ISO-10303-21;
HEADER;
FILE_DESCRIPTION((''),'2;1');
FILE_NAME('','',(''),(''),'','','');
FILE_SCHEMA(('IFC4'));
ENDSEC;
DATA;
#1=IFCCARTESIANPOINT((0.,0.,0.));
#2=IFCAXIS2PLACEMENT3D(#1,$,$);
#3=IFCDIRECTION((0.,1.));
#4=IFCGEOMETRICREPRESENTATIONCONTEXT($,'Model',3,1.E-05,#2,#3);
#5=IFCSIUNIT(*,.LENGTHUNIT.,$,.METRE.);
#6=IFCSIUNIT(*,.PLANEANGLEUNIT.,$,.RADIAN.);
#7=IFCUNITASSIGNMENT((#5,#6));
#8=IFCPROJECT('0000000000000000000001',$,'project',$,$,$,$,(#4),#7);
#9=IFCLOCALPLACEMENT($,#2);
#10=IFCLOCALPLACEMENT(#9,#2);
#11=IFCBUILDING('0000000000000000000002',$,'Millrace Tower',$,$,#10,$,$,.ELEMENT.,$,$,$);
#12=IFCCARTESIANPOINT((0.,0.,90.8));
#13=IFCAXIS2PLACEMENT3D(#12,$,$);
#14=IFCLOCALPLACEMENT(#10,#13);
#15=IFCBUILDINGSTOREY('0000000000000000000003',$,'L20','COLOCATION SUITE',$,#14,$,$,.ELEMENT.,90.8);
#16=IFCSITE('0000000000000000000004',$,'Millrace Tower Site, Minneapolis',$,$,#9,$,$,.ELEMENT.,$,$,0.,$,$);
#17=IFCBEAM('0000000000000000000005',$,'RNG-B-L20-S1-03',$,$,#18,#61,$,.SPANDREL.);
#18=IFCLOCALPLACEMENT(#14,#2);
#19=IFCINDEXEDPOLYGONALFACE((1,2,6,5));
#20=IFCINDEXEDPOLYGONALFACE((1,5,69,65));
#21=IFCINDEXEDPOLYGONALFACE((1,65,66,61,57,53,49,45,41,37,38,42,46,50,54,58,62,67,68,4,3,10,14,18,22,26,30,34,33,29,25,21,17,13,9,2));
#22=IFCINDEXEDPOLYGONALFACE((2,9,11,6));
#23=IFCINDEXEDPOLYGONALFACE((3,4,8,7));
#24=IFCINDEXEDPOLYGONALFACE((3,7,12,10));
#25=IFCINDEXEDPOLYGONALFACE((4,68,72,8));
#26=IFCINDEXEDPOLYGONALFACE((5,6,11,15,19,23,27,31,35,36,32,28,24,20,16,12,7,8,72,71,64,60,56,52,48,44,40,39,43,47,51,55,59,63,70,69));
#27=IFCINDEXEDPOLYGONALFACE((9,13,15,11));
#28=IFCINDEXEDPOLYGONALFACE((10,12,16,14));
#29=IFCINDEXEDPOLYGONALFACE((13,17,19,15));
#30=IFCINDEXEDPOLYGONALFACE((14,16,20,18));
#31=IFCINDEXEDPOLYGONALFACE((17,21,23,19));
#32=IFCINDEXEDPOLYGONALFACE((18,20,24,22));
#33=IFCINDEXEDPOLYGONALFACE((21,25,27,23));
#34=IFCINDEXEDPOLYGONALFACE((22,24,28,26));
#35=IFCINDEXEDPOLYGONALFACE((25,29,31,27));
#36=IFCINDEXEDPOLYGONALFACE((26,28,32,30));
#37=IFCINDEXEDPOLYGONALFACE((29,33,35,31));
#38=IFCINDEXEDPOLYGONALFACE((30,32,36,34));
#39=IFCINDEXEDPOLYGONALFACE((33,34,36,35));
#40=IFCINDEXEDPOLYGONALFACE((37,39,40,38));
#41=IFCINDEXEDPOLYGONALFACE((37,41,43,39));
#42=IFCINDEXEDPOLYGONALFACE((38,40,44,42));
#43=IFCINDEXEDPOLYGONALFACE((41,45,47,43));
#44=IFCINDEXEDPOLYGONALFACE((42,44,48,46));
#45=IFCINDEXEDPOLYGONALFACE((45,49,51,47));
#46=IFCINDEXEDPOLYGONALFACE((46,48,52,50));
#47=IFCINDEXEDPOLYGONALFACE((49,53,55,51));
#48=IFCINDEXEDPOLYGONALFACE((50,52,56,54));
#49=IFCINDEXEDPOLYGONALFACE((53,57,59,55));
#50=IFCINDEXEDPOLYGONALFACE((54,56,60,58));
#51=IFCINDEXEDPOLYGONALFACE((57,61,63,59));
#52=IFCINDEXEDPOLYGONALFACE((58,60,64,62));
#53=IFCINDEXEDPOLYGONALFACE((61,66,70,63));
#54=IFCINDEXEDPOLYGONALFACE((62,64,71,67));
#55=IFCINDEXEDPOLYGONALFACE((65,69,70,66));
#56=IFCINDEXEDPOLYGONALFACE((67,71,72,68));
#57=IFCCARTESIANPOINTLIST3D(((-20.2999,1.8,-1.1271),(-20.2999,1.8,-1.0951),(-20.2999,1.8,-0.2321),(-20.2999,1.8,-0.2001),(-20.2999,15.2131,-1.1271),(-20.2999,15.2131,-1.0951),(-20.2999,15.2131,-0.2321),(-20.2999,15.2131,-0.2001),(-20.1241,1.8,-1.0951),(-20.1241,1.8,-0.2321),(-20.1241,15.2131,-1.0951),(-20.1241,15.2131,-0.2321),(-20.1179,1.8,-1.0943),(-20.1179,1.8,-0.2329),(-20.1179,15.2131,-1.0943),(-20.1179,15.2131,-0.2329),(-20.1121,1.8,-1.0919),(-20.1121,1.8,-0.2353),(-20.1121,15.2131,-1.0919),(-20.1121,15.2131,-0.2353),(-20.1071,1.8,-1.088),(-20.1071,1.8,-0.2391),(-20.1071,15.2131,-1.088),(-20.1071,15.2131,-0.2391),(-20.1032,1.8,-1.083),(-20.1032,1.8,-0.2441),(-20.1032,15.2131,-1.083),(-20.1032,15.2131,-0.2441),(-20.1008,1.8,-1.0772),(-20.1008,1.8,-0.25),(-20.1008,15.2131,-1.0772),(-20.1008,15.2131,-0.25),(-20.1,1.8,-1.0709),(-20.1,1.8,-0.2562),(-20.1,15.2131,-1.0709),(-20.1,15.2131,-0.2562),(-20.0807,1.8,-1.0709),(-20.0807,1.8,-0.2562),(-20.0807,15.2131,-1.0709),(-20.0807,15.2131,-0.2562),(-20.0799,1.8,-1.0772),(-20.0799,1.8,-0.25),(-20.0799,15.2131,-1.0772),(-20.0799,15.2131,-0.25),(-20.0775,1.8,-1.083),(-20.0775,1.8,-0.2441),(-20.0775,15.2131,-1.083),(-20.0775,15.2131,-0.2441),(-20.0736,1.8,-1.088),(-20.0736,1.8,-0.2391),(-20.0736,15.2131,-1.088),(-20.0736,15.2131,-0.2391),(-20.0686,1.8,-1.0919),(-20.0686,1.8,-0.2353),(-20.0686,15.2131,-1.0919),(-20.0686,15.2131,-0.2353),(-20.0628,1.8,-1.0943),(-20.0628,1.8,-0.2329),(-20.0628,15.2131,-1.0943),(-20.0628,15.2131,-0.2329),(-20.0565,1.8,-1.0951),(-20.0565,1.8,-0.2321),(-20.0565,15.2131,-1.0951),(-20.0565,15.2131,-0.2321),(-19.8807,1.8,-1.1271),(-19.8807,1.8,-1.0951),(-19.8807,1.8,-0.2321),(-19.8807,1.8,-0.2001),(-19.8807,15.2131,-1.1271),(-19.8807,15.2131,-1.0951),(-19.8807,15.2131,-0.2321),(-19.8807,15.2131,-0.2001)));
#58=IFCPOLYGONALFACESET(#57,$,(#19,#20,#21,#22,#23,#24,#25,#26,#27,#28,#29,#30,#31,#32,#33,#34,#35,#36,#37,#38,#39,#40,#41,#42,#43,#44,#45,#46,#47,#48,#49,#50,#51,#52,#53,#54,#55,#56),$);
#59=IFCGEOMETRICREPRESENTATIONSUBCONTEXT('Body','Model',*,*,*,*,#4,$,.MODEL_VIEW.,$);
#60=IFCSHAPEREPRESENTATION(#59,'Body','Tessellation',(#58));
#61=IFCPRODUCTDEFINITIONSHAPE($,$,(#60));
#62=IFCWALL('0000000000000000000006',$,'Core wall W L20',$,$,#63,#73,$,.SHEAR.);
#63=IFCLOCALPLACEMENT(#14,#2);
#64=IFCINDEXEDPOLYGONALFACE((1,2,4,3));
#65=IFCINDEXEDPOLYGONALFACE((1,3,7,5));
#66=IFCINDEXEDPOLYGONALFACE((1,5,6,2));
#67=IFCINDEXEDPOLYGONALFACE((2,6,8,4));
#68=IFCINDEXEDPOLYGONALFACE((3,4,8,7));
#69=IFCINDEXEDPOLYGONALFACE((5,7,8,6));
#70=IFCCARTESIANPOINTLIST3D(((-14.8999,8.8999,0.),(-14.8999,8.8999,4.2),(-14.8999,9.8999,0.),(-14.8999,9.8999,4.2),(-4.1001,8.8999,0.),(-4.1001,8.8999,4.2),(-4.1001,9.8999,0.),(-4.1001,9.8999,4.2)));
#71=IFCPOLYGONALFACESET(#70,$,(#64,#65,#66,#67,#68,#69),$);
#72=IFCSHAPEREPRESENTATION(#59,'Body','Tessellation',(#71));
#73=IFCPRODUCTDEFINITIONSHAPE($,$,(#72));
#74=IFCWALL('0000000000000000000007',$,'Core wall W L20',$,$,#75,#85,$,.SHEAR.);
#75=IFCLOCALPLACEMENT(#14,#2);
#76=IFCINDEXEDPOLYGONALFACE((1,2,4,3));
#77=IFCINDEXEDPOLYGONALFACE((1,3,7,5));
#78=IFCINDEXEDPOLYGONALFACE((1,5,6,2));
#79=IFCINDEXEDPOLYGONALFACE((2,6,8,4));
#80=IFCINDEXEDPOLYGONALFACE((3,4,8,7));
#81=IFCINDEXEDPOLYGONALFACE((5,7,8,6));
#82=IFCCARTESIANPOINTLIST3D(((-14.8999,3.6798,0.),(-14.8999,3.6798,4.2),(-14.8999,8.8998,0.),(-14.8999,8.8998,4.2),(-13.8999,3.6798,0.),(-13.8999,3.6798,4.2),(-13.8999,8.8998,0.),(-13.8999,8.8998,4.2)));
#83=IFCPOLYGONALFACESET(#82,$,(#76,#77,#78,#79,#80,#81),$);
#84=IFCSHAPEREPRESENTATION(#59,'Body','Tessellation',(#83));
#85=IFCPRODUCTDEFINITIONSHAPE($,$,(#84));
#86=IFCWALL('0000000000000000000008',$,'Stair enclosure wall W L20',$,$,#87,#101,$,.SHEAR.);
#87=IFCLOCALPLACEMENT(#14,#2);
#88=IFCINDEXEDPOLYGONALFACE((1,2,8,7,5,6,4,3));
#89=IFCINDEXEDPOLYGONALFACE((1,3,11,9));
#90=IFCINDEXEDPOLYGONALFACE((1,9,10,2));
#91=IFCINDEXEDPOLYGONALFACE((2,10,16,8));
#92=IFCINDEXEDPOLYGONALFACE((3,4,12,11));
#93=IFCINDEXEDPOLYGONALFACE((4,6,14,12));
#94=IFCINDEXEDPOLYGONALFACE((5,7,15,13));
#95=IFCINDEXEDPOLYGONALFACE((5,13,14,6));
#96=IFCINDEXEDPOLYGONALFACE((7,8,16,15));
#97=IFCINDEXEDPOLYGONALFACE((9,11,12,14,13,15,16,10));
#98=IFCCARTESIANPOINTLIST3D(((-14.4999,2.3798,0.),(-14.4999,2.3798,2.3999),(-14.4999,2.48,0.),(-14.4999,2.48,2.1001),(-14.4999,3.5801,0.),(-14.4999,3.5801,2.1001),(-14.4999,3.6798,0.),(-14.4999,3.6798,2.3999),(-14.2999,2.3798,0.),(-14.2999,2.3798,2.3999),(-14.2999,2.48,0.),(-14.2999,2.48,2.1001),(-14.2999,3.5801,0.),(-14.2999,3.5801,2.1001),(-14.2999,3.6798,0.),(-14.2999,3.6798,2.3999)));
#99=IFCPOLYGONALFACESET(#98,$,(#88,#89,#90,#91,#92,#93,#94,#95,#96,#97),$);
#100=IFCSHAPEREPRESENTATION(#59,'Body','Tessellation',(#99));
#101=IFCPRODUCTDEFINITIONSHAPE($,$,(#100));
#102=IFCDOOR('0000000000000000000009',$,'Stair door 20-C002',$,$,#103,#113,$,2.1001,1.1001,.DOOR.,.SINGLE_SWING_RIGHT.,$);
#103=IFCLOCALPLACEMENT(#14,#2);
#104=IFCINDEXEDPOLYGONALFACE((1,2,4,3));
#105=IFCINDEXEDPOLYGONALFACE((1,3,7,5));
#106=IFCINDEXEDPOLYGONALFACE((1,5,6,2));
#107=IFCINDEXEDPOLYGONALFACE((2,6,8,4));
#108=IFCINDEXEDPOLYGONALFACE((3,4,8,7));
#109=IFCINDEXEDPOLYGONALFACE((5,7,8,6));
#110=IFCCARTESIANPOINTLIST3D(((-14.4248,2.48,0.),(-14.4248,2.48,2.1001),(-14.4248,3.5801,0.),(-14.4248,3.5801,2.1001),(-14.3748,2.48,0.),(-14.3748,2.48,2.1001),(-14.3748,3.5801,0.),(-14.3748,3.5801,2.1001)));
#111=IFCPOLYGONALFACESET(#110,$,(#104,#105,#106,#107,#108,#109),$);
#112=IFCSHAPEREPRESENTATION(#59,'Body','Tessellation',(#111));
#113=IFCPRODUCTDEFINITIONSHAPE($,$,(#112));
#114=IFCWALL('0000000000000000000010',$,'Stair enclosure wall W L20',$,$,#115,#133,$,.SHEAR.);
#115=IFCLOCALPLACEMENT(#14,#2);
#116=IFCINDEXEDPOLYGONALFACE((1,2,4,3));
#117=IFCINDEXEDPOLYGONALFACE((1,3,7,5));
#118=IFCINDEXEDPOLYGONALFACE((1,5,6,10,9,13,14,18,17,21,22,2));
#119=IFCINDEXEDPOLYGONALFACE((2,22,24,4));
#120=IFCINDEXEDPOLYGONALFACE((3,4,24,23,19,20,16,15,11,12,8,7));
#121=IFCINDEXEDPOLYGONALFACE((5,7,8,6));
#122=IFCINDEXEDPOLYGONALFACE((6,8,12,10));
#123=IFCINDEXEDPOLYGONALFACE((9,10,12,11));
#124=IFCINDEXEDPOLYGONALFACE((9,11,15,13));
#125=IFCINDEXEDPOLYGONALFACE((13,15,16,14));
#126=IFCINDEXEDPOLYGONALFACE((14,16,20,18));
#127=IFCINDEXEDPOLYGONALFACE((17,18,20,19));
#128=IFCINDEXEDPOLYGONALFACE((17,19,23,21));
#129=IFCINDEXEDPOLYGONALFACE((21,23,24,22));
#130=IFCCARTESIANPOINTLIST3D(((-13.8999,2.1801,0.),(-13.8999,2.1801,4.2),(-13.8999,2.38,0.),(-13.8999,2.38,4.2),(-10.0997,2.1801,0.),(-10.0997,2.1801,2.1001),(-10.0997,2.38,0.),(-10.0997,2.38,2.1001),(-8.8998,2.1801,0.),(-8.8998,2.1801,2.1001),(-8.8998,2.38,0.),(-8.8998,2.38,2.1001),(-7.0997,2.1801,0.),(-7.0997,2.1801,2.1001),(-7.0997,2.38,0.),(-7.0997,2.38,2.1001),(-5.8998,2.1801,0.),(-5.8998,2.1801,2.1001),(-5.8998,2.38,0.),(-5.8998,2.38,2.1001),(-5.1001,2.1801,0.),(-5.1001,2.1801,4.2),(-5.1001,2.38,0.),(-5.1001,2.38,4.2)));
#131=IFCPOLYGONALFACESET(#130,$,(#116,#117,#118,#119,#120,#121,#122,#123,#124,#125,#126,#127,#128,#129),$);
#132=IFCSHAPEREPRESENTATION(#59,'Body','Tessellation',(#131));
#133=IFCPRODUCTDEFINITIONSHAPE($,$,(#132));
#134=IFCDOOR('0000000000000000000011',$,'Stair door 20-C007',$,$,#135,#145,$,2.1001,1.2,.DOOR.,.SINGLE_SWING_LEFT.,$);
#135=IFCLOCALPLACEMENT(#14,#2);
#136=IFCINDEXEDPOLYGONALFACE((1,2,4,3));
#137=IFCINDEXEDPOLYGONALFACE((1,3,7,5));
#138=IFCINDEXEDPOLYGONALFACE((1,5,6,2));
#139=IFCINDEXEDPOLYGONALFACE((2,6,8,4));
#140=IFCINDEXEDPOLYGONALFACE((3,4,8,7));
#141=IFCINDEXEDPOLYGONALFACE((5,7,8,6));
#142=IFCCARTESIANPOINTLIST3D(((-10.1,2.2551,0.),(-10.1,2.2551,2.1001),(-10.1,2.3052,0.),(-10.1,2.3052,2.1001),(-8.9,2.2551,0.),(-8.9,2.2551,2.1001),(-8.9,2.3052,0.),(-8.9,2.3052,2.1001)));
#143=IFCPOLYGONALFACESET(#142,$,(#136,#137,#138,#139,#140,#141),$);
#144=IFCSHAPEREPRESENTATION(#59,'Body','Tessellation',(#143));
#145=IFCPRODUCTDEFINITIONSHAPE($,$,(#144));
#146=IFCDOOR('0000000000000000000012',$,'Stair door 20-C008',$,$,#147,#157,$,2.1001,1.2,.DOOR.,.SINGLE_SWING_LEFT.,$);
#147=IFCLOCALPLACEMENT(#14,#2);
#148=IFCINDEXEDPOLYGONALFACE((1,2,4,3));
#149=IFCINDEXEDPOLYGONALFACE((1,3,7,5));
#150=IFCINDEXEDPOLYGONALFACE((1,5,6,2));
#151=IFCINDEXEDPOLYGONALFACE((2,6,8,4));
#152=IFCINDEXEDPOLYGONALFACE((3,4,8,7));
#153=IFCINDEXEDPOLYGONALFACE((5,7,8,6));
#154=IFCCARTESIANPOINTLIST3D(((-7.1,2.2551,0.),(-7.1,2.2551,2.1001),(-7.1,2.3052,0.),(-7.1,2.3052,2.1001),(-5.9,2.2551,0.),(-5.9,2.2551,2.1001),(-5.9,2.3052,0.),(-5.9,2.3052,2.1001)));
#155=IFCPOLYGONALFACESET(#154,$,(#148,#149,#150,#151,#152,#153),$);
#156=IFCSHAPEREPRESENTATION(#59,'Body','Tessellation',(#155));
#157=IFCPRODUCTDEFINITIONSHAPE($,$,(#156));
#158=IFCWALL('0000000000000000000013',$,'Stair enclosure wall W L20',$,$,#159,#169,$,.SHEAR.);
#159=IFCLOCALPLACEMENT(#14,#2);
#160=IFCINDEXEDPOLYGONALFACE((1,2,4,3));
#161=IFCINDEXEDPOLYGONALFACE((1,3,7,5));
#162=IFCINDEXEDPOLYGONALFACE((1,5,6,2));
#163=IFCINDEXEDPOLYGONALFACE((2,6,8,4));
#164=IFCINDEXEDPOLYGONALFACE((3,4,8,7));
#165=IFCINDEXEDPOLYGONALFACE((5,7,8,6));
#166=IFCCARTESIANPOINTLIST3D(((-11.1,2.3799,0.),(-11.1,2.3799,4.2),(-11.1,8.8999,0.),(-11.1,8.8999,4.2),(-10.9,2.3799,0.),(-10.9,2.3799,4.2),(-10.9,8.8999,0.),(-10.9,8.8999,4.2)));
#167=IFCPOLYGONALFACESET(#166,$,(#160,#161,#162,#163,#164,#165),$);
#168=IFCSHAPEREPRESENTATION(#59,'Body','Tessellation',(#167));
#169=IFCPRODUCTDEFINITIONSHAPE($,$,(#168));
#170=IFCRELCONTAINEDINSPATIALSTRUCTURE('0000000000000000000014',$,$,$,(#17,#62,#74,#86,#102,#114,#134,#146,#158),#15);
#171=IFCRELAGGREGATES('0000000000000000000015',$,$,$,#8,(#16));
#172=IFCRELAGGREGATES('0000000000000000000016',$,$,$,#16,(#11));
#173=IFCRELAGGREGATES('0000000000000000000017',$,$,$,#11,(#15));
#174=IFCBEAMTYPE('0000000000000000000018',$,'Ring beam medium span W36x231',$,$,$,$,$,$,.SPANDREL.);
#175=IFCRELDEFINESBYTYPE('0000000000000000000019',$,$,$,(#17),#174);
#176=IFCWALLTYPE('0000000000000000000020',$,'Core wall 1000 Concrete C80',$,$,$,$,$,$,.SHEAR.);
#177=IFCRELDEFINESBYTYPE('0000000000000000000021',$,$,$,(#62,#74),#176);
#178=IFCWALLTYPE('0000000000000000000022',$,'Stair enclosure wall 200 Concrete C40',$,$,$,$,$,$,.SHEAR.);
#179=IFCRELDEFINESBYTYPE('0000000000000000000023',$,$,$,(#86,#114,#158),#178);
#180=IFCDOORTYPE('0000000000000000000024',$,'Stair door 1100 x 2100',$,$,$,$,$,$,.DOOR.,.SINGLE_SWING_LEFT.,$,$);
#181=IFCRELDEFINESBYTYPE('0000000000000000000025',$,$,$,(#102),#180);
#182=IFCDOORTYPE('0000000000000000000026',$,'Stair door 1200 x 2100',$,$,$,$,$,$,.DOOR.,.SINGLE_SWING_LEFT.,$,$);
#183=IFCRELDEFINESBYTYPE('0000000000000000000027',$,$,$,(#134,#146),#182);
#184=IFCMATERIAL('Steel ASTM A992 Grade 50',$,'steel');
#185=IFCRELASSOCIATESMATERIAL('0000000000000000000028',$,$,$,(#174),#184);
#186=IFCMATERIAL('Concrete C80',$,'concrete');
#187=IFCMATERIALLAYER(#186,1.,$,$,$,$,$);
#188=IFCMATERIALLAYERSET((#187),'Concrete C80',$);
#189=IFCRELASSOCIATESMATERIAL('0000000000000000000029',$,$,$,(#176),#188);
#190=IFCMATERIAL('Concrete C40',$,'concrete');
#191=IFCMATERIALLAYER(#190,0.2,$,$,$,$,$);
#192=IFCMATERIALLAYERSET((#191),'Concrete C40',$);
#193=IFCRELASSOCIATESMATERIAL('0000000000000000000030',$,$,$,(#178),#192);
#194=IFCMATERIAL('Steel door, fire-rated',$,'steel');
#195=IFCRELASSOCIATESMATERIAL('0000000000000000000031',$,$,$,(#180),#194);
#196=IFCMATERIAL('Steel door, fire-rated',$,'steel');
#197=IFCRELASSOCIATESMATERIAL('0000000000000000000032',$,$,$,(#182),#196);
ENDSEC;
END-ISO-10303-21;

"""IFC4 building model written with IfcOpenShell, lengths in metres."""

from ifc_helpers import new_model, si_unit, direction, frame, frame_2d, origin, origin_2d, place, context, subcontext, project, spatial, rectangle, i_section, extrude, material, layer, layer_set, material_profile, profile_set, type_object, element, fill, save


model = new_model("IFC4")

# Units and contexts
model_context = context("Model", 3, precision=1e-05, world=origin(), true_north=direction((0.0, 1.0)))
body_context = subcontext(model_context, "Body", "Model", "MODEL_VIEW")
ifc_project = project(units=[si_unit("LENGTHUNIT", "METRE"), si_unit("PLANEANGLEUNIT", "RADIAN")], contexts=[model_context])

# Site, building, storey
site_placement = place(None, origin())
site = spatial("IfcSite", under=ifc_project, at=site_placement, Name="Millrace Tower Site, Minneapolis", CompositionType="ELEMENT", RefElevation=0.0)
building_placement = place(site_placement, origin())
building = spatial("IfcBuilding", under=site, at=building_placement, Name="Millrace Tower", CompositionType="ELEMENT")
storey_placement = place(building_placement, frame((0.0, 0.0, 90.8)))
storey = spatial("IfcBuildingStorey", under=building, at=storey_placement, Name="L20", Description="COLOCATION SUITE", CompositionType="ELEMENT", Elevation=90.8)

# Beam
ifc_material_1 = material(Name="Steel ASTM A992 Grade 50", Category="steel")
ifc_material_profile_1 = material_profile(ifc_material_1, i_section(OverallWidth=0.4192, OverallDepth=0.927, WebThickness=0.0193, FlangeThickness=0.032, FilletRadius=0.0242, at=origin_2d()))
ifc_profile_set_1 = profile_set([ifc_material_profile_1], Name="Steel ASTM A992 Grade 50")
beam_type_1 = type_object("IfcBeamType", Name="Ring beam medium span W36x231", PredefinedType="SPANDREL", material=ifc_profile_set_1)
beam_1_placement = place(storey_placement, frame((-20.0903, 1.8, -0.6636), z_axis=(0.0, 1.0, 0.0), x_axis=(-1.0, 0.0, 0.0)))
element("IfcBeam", 1, at=beam_1_placement, inside=storey, type_object=beam_type_1, Name="RNG-B-L20-S1-03", PredefinedType="SPANDREL", context=body_context, shape_type="SweptSolid", body=[
    extrude(i_section(OverallWidth=0.4192, OverallDepth=0.927, WebThickness=0.0193, FlangeThickness=0.032, FilletRadius=0.0242, at=origin_2d()), origin(), (0.0, 0.0, 1.0), 13.4131),
])

# Walls
ifc_material_2 = material(Name="Concrete C80", Category="concrete")
ifc_layer_1 = layer(ifc_material_2, 1.0)
ifc_layer_set_1 = layer_set([ifc_layer_1], Name="Concrete C80")
wall_type_1 = type_object("IfcWallType", Name="Core wall 1000 Concrete C80", PredefinedType="SHEAR", material=ifc_layer_set_1)
wall_1_placement = place(storey_placement, frame((-14.8999, 9.3999, 0.0), z_axis=(0.0, 0.0, 1.0), x_axis=(1.0, 0.0, 0.0)))
element("IfcWall", 2, at=wall_1_placement, inside=storey, type_object=wall_type_1, Name="Core wall W L20", PredefinedType="SHEAR", context=body_context, shape_type="SweptSolid", body=[
    extrude(rectangle(XDim=10.7998, YDim=1.0, at=frame_2d((5.3999, 0.0))), origin(), (0.0, 0.0, 1.0), 4.2),
])
wall_2_placement = place(storey_placement, frame((-14.3999, 3.6799, 0.0), z_axis=(0.0, 0.0, 1.0), x_axis=(0.0, 1.0, 0.0)))
element("IfcWall", 3, at=wall_2_placement, inside=storey, type_object=wall_type_1, Name="Core wall W L20", PredefinedType="SHEAR", context=body_context, shape_type="SweptSolid", body=[
    extrude(rectangle(XDim=5.22, YDim=1.0, at=frame_2d((2.6099, 0.0))), origin(), (0.0, 0.0, 1.0), 4.2),
])

# Wall, opening, door
ifc_material_3 = material(Name="Concrete C40", Category="concrete")
ifc_layer_2 = layer(ifc_material_3, 0.2)
ifc_layer_set_2 = layer_set([ifc_layer_2], Name="Concrete C40")
wall_type_2 = type_object("IfcWallType", Name="Stair enclosure wall 200 Concrete C40", PredefinedType="SHEAR", material=ifc_layer_set_2)
wall_3_placement = place(storey_placement, frame((-14.3999, 2.3799, 0.0), z_axis=(0.0, 0.0, 1.0), x_axis=(0.0, 1.0, 0.0)))
wall_3 = element("IfcWall", 4, at=wall_3_placement, inside=storey, type_object=wall_type_2, Name="Stair enclosure wall W L20", PredefinedType="SHEAR", context=body_context, shape_type="SweptSolid", body=[
    extrude(rectangle(XDim=1.3, YDim=0.2, at=frame_2d((0.6499, 0.0))), origin(), (0.0, 0.0, 1.0), 2.3999),
])
opening_1_placement = place(wall_3_placement, frame((0.1001, 0.0, 0.0)))
opening_1 = element("IfcOpeningElement", 5, at=opening_1_placement, cuts=wall_3, PredefinedType="OPENING", context=body_context, shape_type="SweptSolid", body=[
    extrude(rectangle(XDim=1.1001, YDim=2.1001, at=frame_2d((0.55, 1.05))), frame((0.0, 0.1099, 0.0), z_axis=(0.0, -1.0, 0.0), x_axis=(1.0, 0.0, 0.0)), (0.0, 0.0, 1.0), 0.22),
])
ifc_material_4 = material(Name="Steel door, fire-rated", Category="steel")
door_type_1 = type_object("IfcDoorType", Name="Stair door 1100 x 2100", OperationType="SINGLE_SWING_LEFT", PredefinedType="DOOR", material=ifc_material_4)
door_1_placement = place(opening_1_placement, origin())
door_1 = element("IfcDoor", 6, at=door_1_placement, inside=storey, type_object=door_type_1, Name="Stair door 20-C002", OperationType="SINGLE_SWING_RIGHT", OverallHeight=2.1001, OverallWidth=1.1001, PredefinedType="DOOR", context=body_context, shape_type="SweptSolid", body=[
    extrude(rectangle(XDim=1.1001, YDim=2.1001, at=frame_2d((0.55, 1.05))), frame((0.0, 0.0249, 0.0), z_axis=(0.0, -1.0, 0.0), x_axis=(1.0, 0.0, 0.0)), (0.0, 0.0, 1.0), 0.05),
])
fill(opening_1, door_1)

# Wall, openings, doors
wall_4_placement = place(storey_placement, frame((-13.8999, 2.28, 0.0), z_axis=(0.0, 0.0, 1.0), x_axis=(1.0, 0.0, 0.0)))
wall_4 = element("IfcWall", 7, at=wall_4_placement, inside=storey, type_object=wall_type_2, Name="Stair enclosure wall W L20", PredefinedType="SHEAR", context=body_context, shape_type="SweptSolid", body=[
    extrude(rectangle(XDim=8.7998, YDim=0.2, at=frame_2d((4.3999, 0.0))), origin(), (0.0, 0.0, 1.0), 4.2),
])
opening_2_placement = place(wall_4_placement, frame((3.8, 0.0, 0.0)))
opening_2 = element("IfcOpeningElement", 8, at=opening_2_placement, cuts=wall_4, PredefinedType="OPENING", context=body_context, shape_type="SweptSolid", body=[
    extrude(rectangle(XDim=1.2, YDim=2.1001, at=frame_2d((0.6001, 1.05))), frame((0.0, 0.1099, 0.0), z_axis=(0.0, -1.0, 0.0), x_axis=(1.0, 0.0, 0.0)), (0.0, 0.0, 1.0), 0.22),
])
opening_3_placement = place(wall_4_placement, frame((6.8, 0.0, 0.0)))
opening_3 = element("IfcOpeningElement", 9, at=opening_3_placement, cuts=wall_4, PredefinedType="OPENING", context=body_context, shape_type="SweptSolid", body=[
    extrude(rectangle(XDim=1.2, YDim=2.1001, at=frame_2d((0.6001, 1.05))), frame((0.0, 0.1099, 0.0), z_axis=(0.0, -1.0, 0.0), x_axis=(1.0, 0.0, 0.0)), (0.0, 0.0, 1.0), 0.22),
])
ifc_material_5 = material(Name="Steel door, fire-rated", Category="steel")
door_type_2 = type_object("IfcDoorType", Name="Stair door 1200 x 2100", OperationType="SINGLE_SWING_LEFT", PredefinedType="DOOR", material=ifc_material_5)
door_2_placement = place(opening_2_placement, frame((1.2, 0.0, 0.0), z_axis=(0.0, 0.0, 1.0), x_axis=(-1.0, 0.0, 0.0)))
door_2 = element("IfcDoor", 10, at=door_2_placement, inside=storey, type_object=door_type_2, Name="Stair door 20-C007", OperationType="SINGLE_SWING_LEFT", OverallHeight=2.1001, OverallWidth=1.2, PredefinedType="DOOR", context=body_context, shape_type="SweptSolid", body=[
    extrude(rectangle(XDim=1.2, YDim=2.1001, at=frame_2d((0.6001, 1.05))), frame((0.0, 0.0249, 0.0), z_axis=(0.0, -1.0, 0.0), x_axis=(1.0, 0.0, 0.0)), (0.0, 0.0, 1.0), 0.05),
])
fill(opening_2, door_2)
door_3_placement = place(opening_3_placement, frame((1.2, 0.0, 0.0), z_axis=(0.0, 0.0, 1.0), x_axis=(-1.0, 0.0, 0.0)))
door_3 = element("IfcDoor", 11, at=door_3_placement, inside=storey, type_object=door_type_2, Name="Stair door 20-C008", OperationType="SINGLE_SWING_LEFT", OverallHeight=2.1001, OverallWidth=1.2, PredefinedType="DOOR", context=body_context, shape_type="SweptSolid", body=[
    extrude(rectangle(XDim=1.2, YDim=2.1001, at=frame_2d((0.6001, 1.05))), frame((0.0, 0.0249, 0.0), z_axis=(0.0, -1.0, 0.0), x_axis=(1.0, 0.0, 0.0)), (0.0, 0.0, 1.0), 0.05),
])
fill(opening_3, door_3)

# Wall
wall_5_placement = place(storey_placement, frame((-11.0, 2.3799, 0.0), z_axis=(0.0, 0.0, 1.0), x_axis=(0.0, 1.0, 0.0)))
element("IfcWall", 12, at=wall_5_placement, inside=storey, type_object=wall_type_2, Name="Stair enclosure wall W L20", PredefinedType="SHEAR", context=body_context, shape_type="SweptSolid", body=[
    extrude(rectangle(XDim=6.52, YDim=0.2, at=frame_2d((3.26, 0.0))), origin(), (0.0, 0.0, 1.0), 4.2),
])

save(model, "model.ifc")
